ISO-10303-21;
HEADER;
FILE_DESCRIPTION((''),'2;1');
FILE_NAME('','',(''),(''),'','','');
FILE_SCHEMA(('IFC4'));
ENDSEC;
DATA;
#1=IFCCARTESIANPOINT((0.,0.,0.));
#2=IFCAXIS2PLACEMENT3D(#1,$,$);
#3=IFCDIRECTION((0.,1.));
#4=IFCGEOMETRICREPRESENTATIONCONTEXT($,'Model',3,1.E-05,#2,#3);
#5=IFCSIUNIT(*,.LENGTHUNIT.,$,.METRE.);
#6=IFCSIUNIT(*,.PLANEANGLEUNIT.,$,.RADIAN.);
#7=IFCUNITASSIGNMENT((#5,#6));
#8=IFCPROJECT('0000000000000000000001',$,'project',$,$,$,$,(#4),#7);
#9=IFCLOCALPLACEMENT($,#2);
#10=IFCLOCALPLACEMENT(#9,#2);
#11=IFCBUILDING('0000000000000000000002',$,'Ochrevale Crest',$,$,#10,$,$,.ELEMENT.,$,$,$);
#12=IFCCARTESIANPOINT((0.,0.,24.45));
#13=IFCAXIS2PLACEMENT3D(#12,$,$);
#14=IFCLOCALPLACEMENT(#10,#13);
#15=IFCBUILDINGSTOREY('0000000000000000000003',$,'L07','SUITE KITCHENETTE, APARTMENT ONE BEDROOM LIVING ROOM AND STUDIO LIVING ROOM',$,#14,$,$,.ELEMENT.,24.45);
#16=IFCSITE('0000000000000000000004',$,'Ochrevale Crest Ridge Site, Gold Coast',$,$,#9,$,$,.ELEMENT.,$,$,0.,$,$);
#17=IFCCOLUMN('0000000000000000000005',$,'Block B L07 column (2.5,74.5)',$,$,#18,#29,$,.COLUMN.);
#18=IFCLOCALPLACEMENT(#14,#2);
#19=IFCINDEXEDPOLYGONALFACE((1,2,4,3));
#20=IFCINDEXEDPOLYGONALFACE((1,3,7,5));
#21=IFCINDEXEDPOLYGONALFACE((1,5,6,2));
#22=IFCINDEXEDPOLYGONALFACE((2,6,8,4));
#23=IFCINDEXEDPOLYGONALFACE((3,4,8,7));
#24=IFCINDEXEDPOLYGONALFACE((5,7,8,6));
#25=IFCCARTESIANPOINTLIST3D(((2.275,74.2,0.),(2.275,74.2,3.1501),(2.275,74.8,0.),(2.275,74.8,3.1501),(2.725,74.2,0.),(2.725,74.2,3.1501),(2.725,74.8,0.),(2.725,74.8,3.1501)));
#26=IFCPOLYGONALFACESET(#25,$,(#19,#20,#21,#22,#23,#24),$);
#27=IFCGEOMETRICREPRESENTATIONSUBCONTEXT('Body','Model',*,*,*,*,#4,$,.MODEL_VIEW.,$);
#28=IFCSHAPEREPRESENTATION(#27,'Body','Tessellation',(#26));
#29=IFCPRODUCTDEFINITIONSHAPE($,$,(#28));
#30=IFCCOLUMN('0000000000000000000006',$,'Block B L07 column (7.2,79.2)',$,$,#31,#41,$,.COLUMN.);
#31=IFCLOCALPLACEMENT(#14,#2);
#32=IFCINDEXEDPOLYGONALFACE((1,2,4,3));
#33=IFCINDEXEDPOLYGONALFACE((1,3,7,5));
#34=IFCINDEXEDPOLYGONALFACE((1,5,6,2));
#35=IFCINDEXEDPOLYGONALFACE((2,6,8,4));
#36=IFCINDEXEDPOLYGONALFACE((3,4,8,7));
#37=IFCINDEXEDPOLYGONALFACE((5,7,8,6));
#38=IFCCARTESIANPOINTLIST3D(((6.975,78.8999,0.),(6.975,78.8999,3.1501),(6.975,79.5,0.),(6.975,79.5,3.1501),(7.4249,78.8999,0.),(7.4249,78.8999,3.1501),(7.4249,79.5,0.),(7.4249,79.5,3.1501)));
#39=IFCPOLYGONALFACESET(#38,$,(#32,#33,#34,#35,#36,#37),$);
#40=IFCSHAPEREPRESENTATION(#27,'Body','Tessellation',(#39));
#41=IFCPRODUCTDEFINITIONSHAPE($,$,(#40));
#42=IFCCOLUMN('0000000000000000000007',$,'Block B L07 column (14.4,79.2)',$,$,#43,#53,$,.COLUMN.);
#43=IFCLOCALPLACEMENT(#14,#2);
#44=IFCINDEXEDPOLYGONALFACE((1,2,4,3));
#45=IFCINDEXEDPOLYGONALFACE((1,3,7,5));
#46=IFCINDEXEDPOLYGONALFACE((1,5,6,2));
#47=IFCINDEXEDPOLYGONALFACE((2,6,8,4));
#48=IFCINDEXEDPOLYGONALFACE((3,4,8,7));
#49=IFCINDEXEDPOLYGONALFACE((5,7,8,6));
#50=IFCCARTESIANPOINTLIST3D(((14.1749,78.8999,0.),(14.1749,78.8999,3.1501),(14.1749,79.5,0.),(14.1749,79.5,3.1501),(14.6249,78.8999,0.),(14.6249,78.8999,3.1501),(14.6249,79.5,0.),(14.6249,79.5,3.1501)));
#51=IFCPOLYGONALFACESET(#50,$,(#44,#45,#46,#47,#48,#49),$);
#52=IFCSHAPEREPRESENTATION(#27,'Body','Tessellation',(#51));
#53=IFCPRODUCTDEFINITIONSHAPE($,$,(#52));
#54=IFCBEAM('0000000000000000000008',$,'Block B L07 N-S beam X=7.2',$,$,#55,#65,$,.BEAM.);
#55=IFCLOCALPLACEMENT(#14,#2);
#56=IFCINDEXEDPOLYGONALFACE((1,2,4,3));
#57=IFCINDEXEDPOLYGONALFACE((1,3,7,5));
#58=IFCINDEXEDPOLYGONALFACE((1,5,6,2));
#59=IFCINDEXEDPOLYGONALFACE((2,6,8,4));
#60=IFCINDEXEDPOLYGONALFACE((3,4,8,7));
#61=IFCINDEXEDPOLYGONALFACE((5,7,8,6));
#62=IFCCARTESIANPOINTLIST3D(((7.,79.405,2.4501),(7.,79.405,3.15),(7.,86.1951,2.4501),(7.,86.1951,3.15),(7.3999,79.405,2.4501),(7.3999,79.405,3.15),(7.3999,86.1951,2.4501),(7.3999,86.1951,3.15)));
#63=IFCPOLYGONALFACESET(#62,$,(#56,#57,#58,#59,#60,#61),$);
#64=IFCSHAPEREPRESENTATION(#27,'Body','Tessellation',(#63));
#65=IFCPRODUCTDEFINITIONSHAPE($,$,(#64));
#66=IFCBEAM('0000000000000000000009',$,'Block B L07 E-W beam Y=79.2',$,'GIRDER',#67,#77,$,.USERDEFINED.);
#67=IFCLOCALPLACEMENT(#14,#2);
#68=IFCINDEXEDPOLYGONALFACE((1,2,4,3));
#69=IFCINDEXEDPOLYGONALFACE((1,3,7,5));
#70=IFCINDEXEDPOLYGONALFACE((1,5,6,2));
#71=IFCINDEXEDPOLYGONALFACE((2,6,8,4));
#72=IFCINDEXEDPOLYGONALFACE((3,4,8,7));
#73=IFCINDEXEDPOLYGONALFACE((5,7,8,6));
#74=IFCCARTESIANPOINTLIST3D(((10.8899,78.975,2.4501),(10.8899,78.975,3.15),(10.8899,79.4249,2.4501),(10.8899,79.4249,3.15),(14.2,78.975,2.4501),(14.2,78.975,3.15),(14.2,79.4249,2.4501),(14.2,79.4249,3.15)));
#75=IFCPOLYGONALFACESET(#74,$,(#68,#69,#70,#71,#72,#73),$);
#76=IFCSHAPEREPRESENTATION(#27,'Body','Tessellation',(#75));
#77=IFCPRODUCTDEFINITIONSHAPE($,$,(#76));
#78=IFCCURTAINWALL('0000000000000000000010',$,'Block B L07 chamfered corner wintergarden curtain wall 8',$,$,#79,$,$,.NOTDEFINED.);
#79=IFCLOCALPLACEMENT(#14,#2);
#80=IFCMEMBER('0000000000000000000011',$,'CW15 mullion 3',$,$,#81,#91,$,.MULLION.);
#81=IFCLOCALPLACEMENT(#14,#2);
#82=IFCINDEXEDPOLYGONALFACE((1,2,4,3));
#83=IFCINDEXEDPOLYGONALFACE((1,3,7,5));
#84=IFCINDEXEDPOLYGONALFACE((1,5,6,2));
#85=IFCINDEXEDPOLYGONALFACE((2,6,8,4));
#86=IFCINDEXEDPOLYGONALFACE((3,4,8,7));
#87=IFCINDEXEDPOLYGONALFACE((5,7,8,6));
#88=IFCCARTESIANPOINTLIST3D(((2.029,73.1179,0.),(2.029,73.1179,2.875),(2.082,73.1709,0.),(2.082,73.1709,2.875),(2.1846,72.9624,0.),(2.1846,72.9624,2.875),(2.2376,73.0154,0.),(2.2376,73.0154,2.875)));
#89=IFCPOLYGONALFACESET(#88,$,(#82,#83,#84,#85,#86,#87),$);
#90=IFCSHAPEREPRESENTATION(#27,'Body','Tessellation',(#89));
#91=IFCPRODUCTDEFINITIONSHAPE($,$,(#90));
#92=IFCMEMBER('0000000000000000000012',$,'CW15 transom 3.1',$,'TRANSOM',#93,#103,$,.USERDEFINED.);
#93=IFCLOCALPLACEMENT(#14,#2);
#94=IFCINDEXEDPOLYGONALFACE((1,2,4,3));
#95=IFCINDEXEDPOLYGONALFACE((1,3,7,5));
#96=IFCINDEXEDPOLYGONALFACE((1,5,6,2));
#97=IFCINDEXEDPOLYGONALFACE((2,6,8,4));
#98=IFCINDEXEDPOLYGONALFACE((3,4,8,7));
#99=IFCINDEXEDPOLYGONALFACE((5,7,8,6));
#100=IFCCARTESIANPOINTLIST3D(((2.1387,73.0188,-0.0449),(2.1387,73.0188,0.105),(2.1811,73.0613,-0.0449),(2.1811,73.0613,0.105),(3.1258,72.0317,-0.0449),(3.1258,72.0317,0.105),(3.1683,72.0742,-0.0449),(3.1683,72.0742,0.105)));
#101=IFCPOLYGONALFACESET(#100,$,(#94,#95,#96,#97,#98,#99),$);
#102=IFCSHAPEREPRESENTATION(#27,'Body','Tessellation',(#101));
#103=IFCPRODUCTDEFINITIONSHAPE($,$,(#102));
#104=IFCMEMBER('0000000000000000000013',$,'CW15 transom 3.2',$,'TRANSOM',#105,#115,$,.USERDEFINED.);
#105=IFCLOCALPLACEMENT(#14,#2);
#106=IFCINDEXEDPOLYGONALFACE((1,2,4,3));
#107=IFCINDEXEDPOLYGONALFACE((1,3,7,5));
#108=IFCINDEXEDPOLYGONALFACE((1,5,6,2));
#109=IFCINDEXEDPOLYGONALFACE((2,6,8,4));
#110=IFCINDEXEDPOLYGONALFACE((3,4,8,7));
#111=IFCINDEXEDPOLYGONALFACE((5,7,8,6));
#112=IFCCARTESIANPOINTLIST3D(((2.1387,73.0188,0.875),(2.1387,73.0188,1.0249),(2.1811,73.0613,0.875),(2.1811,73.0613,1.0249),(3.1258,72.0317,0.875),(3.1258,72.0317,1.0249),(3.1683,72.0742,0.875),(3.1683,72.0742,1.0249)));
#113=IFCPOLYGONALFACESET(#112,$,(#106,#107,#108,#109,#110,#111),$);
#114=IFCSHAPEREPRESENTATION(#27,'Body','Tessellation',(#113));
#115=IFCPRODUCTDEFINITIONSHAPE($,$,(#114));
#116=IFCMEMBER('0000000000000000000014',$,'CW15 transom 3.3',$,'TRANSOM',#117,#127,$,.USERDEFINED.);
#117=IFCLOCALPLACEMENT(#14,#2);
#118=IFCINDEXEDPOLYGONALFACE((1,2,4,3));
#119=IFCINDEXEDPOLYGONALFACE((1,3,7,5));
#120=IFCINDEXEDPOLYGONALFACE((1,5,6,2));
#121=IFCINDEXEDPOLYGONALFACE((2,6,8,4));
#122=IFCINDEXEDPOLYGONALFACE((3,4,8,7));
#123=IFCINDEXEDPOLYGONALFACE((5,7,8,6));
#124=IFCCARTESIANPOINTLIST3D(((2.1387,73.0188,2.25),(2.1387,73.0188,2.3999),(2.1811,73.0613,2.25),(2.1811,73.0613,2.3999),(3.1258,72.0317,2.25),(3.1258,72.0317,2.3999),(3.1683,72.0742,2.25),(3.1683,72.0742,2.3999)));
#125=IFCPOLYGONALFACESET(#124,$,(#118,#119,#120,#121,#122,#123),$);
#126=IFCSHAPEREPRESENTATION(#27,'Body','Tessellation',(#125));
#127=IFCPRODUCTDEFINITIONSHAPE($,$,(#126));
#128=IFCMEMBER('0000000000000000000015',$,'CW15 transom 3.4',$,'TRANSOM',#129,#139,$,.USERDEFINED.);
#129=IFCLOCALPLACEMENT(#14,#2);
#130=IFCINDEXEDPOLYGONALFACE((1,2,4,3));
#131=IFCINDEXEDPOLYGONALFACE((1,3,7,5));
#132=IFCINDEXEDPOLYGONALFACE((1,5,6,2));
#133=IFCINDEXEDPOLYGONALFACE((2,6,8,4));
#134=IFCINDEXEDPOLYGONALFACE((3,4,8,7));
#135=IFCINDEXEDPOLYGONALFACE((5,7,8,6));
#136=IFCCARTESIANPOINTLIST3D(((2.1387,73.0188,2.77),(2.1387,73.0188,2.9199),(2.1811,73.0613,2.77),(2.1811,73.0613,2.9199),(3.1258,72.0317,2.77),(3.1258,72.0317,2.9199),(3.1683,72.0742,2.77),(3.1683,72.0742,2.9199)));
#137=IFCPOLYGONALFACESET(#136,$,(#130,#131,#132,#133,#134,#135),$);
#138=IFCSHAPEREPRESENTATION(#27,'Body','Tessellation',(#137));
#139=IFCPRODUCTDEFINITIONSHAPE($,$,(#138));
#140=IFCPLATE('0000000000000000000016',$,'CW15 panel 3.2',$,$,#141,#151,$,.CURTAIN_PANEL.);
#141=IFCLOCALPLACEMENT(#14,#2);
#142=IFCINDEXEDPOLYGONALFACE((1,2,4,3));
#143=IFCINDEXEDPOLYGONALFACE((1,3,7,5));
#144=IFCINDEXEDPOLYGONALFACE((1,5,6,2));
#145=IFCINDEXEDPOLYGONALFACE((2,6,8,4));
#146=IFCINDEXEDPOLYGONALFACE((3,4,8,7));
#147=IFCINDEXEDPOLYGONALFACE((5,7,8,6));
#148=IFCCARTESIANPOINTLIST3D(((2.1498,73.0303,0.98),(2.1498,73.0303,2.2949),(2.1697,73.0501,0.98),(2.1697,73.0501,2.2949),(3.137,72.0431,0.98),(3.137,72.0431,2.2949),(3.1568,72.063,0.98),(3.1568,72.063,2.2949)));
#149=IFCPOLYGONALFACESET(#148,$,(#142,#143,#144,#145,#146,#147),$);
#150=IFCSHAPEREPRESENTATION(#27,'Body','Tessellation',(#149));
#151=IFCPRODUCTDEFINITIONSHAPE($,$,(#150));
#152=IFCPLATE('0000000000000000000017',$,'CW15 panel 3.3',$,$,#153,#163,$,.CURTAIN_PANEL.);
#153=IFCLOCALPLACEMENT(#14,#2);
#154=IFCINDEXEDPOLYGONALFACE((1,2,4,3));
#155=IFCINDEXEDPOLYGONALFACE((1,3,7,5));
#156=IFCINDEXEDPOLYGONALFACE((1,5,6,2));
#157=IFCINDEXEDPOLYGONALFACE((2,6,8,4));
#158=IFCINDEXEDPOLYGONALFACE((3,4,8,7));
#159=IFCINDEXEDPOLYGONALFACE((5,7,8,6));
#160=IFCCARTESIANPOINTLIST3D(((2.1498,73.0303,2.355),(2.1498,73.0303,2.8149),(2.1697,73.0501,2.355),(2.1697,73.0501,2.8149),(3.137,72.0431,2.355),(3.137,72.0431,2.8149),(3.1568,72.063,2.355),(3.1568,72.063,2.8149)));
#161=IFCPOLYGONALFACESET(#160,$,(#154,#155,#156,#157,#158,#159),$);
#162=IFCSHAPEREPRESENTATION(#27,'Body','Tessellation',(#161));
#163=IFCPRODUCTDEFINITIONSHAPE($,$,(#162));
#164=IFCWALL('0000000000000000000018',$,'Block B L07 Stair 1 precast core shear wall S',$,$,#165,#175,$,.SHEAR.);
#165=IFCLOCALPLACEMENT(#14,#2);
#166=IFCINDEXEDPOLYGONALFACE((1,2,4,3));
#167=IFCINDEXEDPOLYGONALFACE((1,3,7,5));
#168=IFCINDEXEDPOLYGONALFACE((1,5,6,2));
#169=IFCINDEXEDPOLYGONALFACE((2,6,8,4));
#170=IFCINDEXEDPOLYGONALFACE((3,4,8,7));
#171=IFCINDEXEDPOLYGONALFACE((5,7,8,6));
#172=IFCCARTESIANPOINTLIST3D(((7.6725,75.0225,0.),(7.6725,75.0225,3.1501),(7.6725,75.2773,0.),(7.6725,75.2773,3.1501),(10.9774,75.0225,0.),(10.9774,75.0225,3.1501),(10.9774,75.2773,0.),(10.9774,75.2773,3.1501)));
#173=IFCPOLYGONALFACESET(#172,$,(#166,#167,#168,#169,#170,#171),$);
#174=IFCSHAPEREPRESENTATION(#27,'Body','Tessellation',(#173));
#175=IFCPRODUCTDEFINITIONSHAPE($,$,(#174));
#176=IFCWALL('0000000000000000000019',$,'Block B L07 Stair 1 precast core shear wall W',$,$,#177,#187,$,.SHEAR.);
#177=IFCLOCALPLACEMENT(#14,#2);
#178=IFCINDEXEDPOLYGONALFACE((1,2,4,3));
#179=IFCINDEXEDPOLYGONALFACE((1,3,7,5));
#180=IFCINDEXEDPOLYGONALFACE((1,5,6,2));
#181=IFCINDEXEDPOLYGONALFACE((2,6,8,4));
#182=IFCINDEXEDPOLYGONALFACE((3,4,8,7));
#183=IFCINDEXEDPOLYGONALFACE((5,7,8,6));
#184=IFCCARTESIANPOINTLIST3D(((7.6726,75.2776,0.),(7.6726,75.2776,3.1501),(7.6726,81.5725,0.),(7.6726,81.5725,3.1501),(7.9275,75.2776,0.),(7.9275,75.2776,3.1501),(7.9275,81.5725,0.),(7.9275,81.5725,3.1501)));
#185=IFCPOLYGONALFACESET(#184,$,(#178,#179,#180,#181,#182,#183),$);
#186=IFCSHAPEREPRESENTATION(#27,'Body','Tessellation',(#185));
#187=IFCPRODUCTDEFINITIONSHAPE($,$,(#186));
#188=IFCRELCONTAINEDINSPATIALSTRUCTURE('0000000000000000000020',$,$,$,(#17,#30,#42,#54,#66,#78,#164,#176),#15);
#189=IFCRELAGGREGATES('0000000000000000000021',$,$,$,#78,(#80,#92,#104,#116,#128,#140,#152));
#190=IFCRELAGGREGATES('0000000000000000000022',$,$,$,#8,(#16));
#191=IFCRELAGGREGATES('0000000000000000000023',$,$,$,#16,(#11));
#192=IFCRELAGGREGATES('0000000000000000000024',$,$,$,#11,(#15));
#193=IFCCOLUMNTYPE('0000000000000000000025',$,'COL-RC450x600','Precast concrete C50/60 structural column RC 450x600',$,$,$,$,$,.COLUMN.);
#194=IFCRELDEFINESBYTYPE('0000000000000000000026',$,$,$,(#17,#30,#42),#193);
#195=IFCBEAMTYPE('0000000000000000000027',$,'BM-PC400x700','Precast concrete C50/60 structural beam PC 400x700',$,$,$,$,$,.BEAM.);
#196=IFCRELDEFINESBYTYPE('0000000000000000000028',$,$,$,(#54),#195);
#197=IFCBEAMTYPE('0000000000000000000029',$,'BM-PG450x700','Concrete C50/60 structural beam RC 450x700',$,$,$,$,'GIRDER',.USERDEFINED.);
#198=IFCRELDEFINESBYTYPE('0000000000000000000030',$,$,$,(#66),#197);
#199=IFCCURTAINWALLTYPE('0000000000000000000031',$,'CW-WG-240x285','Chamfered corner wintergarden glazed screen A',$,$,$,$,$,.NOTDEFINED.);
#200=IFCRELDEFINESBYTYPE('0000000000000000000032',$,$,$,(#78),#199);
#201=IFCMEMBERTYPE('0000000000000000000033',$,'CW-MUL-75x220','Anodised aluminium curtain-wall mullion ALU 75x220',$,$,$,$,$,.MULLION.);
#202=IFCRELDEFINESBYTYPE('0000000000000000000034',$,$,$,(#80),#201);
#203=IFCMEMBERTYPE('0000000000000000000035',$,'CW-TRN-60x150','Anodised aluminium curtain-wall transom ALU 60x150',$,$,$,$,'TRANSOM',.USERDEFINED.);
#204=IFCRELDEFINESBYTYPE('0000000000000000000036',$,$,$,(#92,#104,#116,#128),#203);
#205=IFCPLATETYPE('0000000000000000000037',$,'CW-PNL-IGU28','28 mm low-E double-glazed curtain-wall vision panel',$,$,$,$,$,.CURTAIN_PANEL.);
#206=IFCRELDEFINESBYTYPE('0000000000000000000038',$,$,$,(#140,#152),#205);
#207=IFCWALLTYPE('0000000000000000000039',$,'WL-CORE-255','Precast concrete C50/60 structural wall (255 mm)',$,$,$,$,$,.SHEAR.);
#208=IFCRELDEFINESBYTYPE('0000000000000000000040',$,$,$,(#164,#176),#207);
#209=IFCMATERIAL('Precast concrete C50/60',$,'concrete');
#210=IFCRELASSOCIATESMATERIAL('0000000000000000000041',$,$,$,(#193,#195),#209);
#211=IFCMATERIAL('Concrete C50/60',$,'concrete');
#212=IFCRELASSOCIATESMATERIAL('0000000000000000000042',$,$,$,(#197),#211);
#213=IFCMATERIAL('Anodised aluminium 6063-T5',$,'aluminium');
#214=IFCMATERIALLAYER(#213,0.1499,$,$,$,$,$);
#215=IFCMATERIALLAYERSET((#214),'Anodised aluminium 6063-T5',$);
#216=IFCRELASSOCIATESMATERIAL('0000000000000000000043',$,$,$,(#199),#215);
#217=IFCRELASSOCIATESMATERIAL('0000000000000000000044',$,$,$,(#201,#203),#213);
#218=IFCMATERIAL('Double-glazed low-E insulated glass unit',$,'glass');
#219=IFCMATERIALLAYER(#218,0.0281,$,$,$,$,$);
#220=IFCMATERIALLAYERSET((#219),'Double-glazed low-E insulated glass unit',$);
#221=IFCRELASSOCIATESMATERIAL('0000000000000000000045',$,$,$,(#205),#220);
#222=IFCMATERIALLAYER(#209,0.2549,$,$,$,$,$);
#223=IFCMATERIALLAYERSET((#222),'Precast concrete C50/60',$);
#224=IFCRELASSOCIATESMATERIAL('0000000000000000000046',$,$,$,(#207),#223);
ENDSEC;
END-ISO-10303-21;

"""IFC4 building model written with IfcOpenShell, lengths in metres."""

from ifc_helpers import new_model, si_unit, direction, frame, frame_2d, origin, origin_2d, place, context, subcontext, project, spatial, rectangle, extrude, material, layer, layer_set, material_profile, profile_set, type_object, element, aggregate, save


model = new_model("IFC4")

# Units and contexts
model_context = context("Model", 3, precision=1e-05, world=origin(), true_north=direction((0.0, 1.0)))
body_context = subcontext(model_context, "Body", "Model", "MODEL_VIEW")
ifc_project = project(units=[si_unit("LENGTHUNIT", "METRE"), si_unit("PLANEANGLEUNIT", "RADIAN")], contexts=[model_context])

# Site, building, storey
site_placement = place(None, origin())
site = spatial("IfcSite", under=ifc_project, at=site_placement, Name="Ochrevale Crest Ridge Site, Gold Coast", CompositionType="ELEMENT", RefElevation=0.0)
building_placement = place(site_placement, origin())
building = spatial("IfcBuilding", under=site, at=building_placement, Name="Ochrevale Crest", CompositionType="ELEMENT")
storey_placement = place(building_placement, frame((0.0, 0.0, 24.45)))
storey = spatial("IfcBuildingStorey", under=building, at=storey_placement, Name="L07", Description="SUITE KITCHENETTE, APARTMENT ONE BEDROOM LIVING ROOM AND STUDIO LIVING ROOM", CompositionType="ELEMENT", Elevation=24.45)

# Columns
ifc_material_1 = material(Name="Precast concrete C50/60", Category="concrete")
ifc_material_profile_1 = material_profile(ifc_material_1, rectangle(XDim=0.45, YDim=0.6001, at=origin_2d()), Name="RC 450x600")
ifc_profile_set_1 = profile_set([ifc_material_profile_1], Name="Precast concrete C50/60")
column_type = type_object("IfcColumnType", Name="COL-RC450x600", Description="Precast concrete C50/60 structural column RC 450x600", PredefinedType="COLUMN", material=ifc_profile_set_1)
for number, where, z_axis, x_axis, name in (
    (1, (2.5, 74.5, 0.0), (0.0, 0.0, 1.0), (1.0, 0.0, 0.0), "Block B L07 column (2.5,74.5)"),
    (2, (7.2, 79.2, 0.0), (0.0, 0.0, 1.0), (1.0, 0.0, 0.0), "Block B L07 column (7.2,79.2)"),
    (3, (14.3999, 79.2, 0.0), (0.0, 0.0, 1.0), (1.0, 0.0, 0.0), "Block B L07 column (14.4,79.2)"),
):
    element("IfcColumn", number, at=place(storey_placement, frame(where, z_axis=z_axis, x_axis=x_axis)), inside=storey, type_object=column_type, Name=name, PredefinedType="COLUMN", context=body_context, shape_type="SweptSolid", body=[
        extrude(rectangle(XDim=0.45, YDim=0.6001, at=origin_2d()), origin(), (0.0, 0.0, 1.0), 3.1501),
    ])

# Beams
ifc_material_profile_2 = material_profile(ifc_material_1, rectangle(XDim=0.3999, YDim=0.7, at=origin_2d()), Name="PC 400x700")
ifc_profile_set_2 = profile_set([ifc_material_profile_2], Name="Precast concrete C50/60")
beam_type_1 = type_object("IfcBeamType", Name="BM-PC400x700", Description="Precast concrete C50/60 structural beam PC 400x700", PredefinedType="BEAM", material=ifc_profile_set_2)
beam_1_placement = place(storey_placement, frame((7.2, 79.405, 2.8), z_axis=(0.0, 1.0, 0.0), x_axis=(-1.0, 0.0, 0.0)))
element("IfcBeam", 4, at=beam_1_placement, inside=storey, type_object=beam_type_1, Name="Block B L07 N-S beam X=7.2", PredefinedType="BEAM", context=body_context, shape_type="SweptSolid", body=[
    extrude(rectangle(XDim=0.3999, YDim=0.7, at=origin_2d()), origin(), (0.0, 0.0, 1.0), 6.79),
])
ifc_material_2 = material(Name="Concrete C50/60", Category="concrete")
ifc_material_profile_3 = material_profile(ifc_material_2, rectangle(XDim=0.45, YDim=0.7, at=origin_2d()), Name="RC 450x700")
ifc_profile_set_3 = profile_set([ifc_material_profile_3], Name="Concrete C50/60")
beam_type_2 = type_object("IfcBeamType", Name="BM-PG450x700", Description="Concrete C50/60 structural beam RC 450x700", ElementType="GIRDER", PredefinedType="USERDEFINED", material=ifc_profile_set_3)
beam_2_placement = place(storey_placement, frame((10.8899, 79.2, 2.8), z_axis=(1.0, 0.0, 0.0), x_axis=(0.0, 1.0, 0.0)))
element("IfcBeam", 5, at=beam_2_placement, inside=storey, type_object=beam_type_2, Name="Block B L07 E-W beam Y=79.2", ObjectType="GIRDER", PredefinedType="USERDEFINED", context=body_context, shape_type="SweptSolid", body=[
    extrude(rectangle(XDim=0.45, YDim=0.7, at=origin_2d()), origin(), (0.0, 0.0, 1.0), 3.3101),
])

# Curtain wall, members, plates
ifc_material_3 = material(Name="Anodised aluminium 6063-T5", Category="aluminium")
ifc_layer_1 = layer(ifc_material_3, 0.1499)
ifc_layer_set_1 = layer_set([ifc_layer_1], Name="Anodised aluminium 6063-T5")
curtain_wall_type = type_object("IfcCurtainWallType", Name="CW-WG-240x285", Description="Chamfered corner wintergarden glazed screen A", PredefinedType="NOTDEFINED", material=ifc_layer_set_1)
curtain_wall_placement = place(storey_placement, origin())
curtain_wall = element("IfcCurtainWall", 6, at=curtain_wall_placement, inside=storey, type_object=curtain_wall_type, Name="Block B L07 chamfered corner wintergarden curtain wall 8", PredefinedType="NOTDEFINED")
ifc_material_profile_4 = material_profile(ifc_material_3, rectangle(XDim=0.075, YDim=0.22, at=origin_2d()), Name="ALU 75x220")
ifc_profile_set_4 = profile_set([ifc_material_profile_4], Name="Anodised aluminium 6063-T5")
member_type_1 = type_object("IfcMemberType", Name="CW-MUL-75x220", Description="Anodised aluminium curtain-wall mullion ALU 75x220", PredefinedType="MULLION", material=ifc_profile_set_4)
member_1_placement = place(storey_placement, frame((2.1333, 73.0667, 0.0), z_axis=(0.0, 0.0, 1.0), x_axis=(0.707107, 0.707107, 0.0)))
member_1 = element("IfcMember", 7, at=member_1_placement, type_object=member_type_1, Name="CW15 mullion 3", PredefinedType="MULLION", context=body_context, shape_type="SweptSolid", body=[
    extrude(rectangle(XDim=0.075, YDim=0.22, at=origin_2d()), origin(), (0.0, 0.0, 1.0), 2.875),
])
ifc_material_profile_5 = material_profile(ifc_material_3, rectangle(XDim=0.0601, YDim=0.1499, at=origin_2d()), Name="ALU 60x150")
ifc_profile_set_5 = profile_set([ifc_material_profile_5], Name="Anodised aluminium 6063-T5")
member_type_2 = type_object("IfcMemberType", Name="CW-TRN-60x150", Description="Anodised aluminium curtain-wall transom ALU 60x150", ElementType="TRANSOM", PredefinedType="USERDEFINED", material=ifc_profile_set_5)
member_2_placement = place(storey_placement, frame((2.1599, 73.04, 0.03), z_axis=(0.707107, -0.707107, 0.0), x_axis=(0.707107, 0.707107, 0.0)))
member_2 = element("IfcMember", 8, at=member_2_placement, type_object=member_type_2, Name="CW15 transom 3.1", ObjectType="TRANSOM", PredefinedType="USERDEFINED", context=body_context, shape_type="SweptSolid", body=[
    extrude(rectangle(XDim=0.0601, YDim=0.1499, at=origin_2d()), origin(), (0.0, 0.0, 1.0), 1.396),
])
member_3_placement = place(storey_placement, frame((2.1599, 73.04, 0.95), z_axis=(0.707107, -0.707107, 0.0), x_axis=(0.707107, 0.707107, 0.0)))
member_3 = element("IfcMember", 9, at=member_3_placement, type_object=member_type_2, Name="CW15 transom 3.2", ObjectType="TRANSOM", PredefinedType="USERDEFINED", context=body_context, shape_type="SweptSolid", body=[
    extrude(rectangle(XDim=0.0601, YDim=0.1499, at=origin_2d()), origin(), (0.0, 0.0, 1.0), 1.396),
])
member_4_placement = place(storey_placement, frame((2.1599, 73.04, 2.325), z_axis=(0.707107, -0.707107, 0.0), x_axis=(0.707107, 0.707107, 0.0)))
member_4 = element("IfcMember", 10, at=member_4_placement, type_object=member_type_2, Name="CW15 transom 3.3", ObjectType="TRANSOM", PredefinedType="USERDEFINED", context=body_context, shape_type="SweptSolid", body=[
    extrude(rectangle(XDim=0.0601, YDim=0.1499, at=origin_2d()), origin(), (0.0, 0.0, 1.0), 1.396),
])
member_5_placement = place(storey_placement, frame((2.1599, 73.04, 2.845), z_axis=(0.707107, -0.707107, 0.0), x_axis=(0.707107, 0.707107, 0.0)))
member_5 = element("IfcMember", 11, at=member_5_placement, type_object=member_type_2, Name="CW15 transom 3.4", ObjectType="TRANSOM", PredefinedType="USERDEFINED", context=body_context, shape_type="SweptSolid", body=[
    extrude(rectangle(XDim=0.0601, YDim=0.1499, at=origin_2d()), origin(), (0.0, 0.0, 1.0), 1.396),
])
ifc_material_4 = material(Name="Double-glazed low-E insulated glass unit", Category="glass")
ifc_layer_2 = layer(ifc_material_4, 0.0281)
ifc_layer_set_2 = layer_set([ifc_layer_2], Name="Double-glazed low-E insulated glass unit")
plate_type = type_object("IfcPlateType", Name="CW-PNL-IGU28", Description="28 mm low-E double-glazed curtain-wall vision panel", PredefinedType="CURTAIN_PANEL", material=ifc_layer_set_2)
plate_1_placement = place(storey_placement, frame((2.6533, 72.5466, 0.98), z_axis=(0.0, 0.0, 1.0), x_axis=(0.707107, -0.707107, 0.0)))
plate_1 = element("IfcPlate", 12, at=plate_1_placement, type_object=plate_type, Name="CW15 panel 3.2", PredefinedType="CURTAIN_PANEL", context=body_context, shape_type="SweptSolid", body=[
    extrude(rectangle(XDim=1.396, YDim=0.0281, at=origin_2d()), origin(), (0.0, 0.0, 1.0), 1.3149),
])
plate_2_placement = place(storey_placement, frame((2.6533, 72.5466, 2.355), z_axis=(0.0, 0.0, 1.0), x_axis=(0.707107, -0.707107, 0.0)))
plate_2 = element("IfcPlate", 13, at=plate_2_placement, type_object=plate_type, Name="CW15 panel 3.3", PredefinedType="CURTAIN_PANEL", context=body_context, shape_type="SweptSolid", body=[
    extrude(rectangle(XDim=1.396, YDim=0.0281, at=origin_2d()), origin(), (0.0, 0.0, 1.0), 0.46),
])
aggregate(curtain_wall, [member_1, member_2, member_3, member_4, member_5, plate_1, plate_2])

# Walls
ifc_layer_3 = layer(ifc_material_1, 0.2549)
ifc_layer_set_3 = layer_set([ifc_layer_3], Name="Precast concrete C50/60")
wall_type_1 = type_object("IfcWallType", Name="WL-CORE-255", Description="Precast concrete C50/60 structural wall (255 mm)", PredefinedType="SHEAR", material=ifc_layer_set_3)
wall_1_placement = place(storey_placement, frame((7.6726, 75.1499, 0.0), z_axis=(0.0, 0.0, 1.0), x_axis=(1.0, 0.0, 0.0)))
element("IfcWall", 14, at=wall_1_placement, inside=storey, type_object=wall_type_1, Name="Block B L07 Stair 1 precast core shear wall S", PredefinedType="SHEAR", context=body_context, shape_type="SweptSolid", body=[
    extrude(rectangle(XDim=3.3049, YDim=0.2549, at=frame_2d((1.6523, 0.0))), origin(), (0.0, 0.0, 1.0), 3.1501),
])
for number, where, z_axis, x_axis, name in (
    (15, (7.8, 75.2776, 0.0), (0.0, 0.0, 1.0), (0.0, 1.0, 0.0), "Block B L07 Stair 1 precast core shear wall W"),
):
    element("IfcWall", number, at=place(storey_placement, frame(where, z_axis=z_axis, x_axis=x_axis)), inside=storey, type_object=wall_type_1, Name=name, PredefinedType="SHEAR", context=body_context, shape_type="SweptSolid", body=[
        extrude(rectangle(XDim=6.2949, YDim=0.2549, at=frame_2d((3.1475, 0.0))), origin(), (0.0, 0.0, 1.0), 3.1501),
    ])

save(model, "model.ifc")
